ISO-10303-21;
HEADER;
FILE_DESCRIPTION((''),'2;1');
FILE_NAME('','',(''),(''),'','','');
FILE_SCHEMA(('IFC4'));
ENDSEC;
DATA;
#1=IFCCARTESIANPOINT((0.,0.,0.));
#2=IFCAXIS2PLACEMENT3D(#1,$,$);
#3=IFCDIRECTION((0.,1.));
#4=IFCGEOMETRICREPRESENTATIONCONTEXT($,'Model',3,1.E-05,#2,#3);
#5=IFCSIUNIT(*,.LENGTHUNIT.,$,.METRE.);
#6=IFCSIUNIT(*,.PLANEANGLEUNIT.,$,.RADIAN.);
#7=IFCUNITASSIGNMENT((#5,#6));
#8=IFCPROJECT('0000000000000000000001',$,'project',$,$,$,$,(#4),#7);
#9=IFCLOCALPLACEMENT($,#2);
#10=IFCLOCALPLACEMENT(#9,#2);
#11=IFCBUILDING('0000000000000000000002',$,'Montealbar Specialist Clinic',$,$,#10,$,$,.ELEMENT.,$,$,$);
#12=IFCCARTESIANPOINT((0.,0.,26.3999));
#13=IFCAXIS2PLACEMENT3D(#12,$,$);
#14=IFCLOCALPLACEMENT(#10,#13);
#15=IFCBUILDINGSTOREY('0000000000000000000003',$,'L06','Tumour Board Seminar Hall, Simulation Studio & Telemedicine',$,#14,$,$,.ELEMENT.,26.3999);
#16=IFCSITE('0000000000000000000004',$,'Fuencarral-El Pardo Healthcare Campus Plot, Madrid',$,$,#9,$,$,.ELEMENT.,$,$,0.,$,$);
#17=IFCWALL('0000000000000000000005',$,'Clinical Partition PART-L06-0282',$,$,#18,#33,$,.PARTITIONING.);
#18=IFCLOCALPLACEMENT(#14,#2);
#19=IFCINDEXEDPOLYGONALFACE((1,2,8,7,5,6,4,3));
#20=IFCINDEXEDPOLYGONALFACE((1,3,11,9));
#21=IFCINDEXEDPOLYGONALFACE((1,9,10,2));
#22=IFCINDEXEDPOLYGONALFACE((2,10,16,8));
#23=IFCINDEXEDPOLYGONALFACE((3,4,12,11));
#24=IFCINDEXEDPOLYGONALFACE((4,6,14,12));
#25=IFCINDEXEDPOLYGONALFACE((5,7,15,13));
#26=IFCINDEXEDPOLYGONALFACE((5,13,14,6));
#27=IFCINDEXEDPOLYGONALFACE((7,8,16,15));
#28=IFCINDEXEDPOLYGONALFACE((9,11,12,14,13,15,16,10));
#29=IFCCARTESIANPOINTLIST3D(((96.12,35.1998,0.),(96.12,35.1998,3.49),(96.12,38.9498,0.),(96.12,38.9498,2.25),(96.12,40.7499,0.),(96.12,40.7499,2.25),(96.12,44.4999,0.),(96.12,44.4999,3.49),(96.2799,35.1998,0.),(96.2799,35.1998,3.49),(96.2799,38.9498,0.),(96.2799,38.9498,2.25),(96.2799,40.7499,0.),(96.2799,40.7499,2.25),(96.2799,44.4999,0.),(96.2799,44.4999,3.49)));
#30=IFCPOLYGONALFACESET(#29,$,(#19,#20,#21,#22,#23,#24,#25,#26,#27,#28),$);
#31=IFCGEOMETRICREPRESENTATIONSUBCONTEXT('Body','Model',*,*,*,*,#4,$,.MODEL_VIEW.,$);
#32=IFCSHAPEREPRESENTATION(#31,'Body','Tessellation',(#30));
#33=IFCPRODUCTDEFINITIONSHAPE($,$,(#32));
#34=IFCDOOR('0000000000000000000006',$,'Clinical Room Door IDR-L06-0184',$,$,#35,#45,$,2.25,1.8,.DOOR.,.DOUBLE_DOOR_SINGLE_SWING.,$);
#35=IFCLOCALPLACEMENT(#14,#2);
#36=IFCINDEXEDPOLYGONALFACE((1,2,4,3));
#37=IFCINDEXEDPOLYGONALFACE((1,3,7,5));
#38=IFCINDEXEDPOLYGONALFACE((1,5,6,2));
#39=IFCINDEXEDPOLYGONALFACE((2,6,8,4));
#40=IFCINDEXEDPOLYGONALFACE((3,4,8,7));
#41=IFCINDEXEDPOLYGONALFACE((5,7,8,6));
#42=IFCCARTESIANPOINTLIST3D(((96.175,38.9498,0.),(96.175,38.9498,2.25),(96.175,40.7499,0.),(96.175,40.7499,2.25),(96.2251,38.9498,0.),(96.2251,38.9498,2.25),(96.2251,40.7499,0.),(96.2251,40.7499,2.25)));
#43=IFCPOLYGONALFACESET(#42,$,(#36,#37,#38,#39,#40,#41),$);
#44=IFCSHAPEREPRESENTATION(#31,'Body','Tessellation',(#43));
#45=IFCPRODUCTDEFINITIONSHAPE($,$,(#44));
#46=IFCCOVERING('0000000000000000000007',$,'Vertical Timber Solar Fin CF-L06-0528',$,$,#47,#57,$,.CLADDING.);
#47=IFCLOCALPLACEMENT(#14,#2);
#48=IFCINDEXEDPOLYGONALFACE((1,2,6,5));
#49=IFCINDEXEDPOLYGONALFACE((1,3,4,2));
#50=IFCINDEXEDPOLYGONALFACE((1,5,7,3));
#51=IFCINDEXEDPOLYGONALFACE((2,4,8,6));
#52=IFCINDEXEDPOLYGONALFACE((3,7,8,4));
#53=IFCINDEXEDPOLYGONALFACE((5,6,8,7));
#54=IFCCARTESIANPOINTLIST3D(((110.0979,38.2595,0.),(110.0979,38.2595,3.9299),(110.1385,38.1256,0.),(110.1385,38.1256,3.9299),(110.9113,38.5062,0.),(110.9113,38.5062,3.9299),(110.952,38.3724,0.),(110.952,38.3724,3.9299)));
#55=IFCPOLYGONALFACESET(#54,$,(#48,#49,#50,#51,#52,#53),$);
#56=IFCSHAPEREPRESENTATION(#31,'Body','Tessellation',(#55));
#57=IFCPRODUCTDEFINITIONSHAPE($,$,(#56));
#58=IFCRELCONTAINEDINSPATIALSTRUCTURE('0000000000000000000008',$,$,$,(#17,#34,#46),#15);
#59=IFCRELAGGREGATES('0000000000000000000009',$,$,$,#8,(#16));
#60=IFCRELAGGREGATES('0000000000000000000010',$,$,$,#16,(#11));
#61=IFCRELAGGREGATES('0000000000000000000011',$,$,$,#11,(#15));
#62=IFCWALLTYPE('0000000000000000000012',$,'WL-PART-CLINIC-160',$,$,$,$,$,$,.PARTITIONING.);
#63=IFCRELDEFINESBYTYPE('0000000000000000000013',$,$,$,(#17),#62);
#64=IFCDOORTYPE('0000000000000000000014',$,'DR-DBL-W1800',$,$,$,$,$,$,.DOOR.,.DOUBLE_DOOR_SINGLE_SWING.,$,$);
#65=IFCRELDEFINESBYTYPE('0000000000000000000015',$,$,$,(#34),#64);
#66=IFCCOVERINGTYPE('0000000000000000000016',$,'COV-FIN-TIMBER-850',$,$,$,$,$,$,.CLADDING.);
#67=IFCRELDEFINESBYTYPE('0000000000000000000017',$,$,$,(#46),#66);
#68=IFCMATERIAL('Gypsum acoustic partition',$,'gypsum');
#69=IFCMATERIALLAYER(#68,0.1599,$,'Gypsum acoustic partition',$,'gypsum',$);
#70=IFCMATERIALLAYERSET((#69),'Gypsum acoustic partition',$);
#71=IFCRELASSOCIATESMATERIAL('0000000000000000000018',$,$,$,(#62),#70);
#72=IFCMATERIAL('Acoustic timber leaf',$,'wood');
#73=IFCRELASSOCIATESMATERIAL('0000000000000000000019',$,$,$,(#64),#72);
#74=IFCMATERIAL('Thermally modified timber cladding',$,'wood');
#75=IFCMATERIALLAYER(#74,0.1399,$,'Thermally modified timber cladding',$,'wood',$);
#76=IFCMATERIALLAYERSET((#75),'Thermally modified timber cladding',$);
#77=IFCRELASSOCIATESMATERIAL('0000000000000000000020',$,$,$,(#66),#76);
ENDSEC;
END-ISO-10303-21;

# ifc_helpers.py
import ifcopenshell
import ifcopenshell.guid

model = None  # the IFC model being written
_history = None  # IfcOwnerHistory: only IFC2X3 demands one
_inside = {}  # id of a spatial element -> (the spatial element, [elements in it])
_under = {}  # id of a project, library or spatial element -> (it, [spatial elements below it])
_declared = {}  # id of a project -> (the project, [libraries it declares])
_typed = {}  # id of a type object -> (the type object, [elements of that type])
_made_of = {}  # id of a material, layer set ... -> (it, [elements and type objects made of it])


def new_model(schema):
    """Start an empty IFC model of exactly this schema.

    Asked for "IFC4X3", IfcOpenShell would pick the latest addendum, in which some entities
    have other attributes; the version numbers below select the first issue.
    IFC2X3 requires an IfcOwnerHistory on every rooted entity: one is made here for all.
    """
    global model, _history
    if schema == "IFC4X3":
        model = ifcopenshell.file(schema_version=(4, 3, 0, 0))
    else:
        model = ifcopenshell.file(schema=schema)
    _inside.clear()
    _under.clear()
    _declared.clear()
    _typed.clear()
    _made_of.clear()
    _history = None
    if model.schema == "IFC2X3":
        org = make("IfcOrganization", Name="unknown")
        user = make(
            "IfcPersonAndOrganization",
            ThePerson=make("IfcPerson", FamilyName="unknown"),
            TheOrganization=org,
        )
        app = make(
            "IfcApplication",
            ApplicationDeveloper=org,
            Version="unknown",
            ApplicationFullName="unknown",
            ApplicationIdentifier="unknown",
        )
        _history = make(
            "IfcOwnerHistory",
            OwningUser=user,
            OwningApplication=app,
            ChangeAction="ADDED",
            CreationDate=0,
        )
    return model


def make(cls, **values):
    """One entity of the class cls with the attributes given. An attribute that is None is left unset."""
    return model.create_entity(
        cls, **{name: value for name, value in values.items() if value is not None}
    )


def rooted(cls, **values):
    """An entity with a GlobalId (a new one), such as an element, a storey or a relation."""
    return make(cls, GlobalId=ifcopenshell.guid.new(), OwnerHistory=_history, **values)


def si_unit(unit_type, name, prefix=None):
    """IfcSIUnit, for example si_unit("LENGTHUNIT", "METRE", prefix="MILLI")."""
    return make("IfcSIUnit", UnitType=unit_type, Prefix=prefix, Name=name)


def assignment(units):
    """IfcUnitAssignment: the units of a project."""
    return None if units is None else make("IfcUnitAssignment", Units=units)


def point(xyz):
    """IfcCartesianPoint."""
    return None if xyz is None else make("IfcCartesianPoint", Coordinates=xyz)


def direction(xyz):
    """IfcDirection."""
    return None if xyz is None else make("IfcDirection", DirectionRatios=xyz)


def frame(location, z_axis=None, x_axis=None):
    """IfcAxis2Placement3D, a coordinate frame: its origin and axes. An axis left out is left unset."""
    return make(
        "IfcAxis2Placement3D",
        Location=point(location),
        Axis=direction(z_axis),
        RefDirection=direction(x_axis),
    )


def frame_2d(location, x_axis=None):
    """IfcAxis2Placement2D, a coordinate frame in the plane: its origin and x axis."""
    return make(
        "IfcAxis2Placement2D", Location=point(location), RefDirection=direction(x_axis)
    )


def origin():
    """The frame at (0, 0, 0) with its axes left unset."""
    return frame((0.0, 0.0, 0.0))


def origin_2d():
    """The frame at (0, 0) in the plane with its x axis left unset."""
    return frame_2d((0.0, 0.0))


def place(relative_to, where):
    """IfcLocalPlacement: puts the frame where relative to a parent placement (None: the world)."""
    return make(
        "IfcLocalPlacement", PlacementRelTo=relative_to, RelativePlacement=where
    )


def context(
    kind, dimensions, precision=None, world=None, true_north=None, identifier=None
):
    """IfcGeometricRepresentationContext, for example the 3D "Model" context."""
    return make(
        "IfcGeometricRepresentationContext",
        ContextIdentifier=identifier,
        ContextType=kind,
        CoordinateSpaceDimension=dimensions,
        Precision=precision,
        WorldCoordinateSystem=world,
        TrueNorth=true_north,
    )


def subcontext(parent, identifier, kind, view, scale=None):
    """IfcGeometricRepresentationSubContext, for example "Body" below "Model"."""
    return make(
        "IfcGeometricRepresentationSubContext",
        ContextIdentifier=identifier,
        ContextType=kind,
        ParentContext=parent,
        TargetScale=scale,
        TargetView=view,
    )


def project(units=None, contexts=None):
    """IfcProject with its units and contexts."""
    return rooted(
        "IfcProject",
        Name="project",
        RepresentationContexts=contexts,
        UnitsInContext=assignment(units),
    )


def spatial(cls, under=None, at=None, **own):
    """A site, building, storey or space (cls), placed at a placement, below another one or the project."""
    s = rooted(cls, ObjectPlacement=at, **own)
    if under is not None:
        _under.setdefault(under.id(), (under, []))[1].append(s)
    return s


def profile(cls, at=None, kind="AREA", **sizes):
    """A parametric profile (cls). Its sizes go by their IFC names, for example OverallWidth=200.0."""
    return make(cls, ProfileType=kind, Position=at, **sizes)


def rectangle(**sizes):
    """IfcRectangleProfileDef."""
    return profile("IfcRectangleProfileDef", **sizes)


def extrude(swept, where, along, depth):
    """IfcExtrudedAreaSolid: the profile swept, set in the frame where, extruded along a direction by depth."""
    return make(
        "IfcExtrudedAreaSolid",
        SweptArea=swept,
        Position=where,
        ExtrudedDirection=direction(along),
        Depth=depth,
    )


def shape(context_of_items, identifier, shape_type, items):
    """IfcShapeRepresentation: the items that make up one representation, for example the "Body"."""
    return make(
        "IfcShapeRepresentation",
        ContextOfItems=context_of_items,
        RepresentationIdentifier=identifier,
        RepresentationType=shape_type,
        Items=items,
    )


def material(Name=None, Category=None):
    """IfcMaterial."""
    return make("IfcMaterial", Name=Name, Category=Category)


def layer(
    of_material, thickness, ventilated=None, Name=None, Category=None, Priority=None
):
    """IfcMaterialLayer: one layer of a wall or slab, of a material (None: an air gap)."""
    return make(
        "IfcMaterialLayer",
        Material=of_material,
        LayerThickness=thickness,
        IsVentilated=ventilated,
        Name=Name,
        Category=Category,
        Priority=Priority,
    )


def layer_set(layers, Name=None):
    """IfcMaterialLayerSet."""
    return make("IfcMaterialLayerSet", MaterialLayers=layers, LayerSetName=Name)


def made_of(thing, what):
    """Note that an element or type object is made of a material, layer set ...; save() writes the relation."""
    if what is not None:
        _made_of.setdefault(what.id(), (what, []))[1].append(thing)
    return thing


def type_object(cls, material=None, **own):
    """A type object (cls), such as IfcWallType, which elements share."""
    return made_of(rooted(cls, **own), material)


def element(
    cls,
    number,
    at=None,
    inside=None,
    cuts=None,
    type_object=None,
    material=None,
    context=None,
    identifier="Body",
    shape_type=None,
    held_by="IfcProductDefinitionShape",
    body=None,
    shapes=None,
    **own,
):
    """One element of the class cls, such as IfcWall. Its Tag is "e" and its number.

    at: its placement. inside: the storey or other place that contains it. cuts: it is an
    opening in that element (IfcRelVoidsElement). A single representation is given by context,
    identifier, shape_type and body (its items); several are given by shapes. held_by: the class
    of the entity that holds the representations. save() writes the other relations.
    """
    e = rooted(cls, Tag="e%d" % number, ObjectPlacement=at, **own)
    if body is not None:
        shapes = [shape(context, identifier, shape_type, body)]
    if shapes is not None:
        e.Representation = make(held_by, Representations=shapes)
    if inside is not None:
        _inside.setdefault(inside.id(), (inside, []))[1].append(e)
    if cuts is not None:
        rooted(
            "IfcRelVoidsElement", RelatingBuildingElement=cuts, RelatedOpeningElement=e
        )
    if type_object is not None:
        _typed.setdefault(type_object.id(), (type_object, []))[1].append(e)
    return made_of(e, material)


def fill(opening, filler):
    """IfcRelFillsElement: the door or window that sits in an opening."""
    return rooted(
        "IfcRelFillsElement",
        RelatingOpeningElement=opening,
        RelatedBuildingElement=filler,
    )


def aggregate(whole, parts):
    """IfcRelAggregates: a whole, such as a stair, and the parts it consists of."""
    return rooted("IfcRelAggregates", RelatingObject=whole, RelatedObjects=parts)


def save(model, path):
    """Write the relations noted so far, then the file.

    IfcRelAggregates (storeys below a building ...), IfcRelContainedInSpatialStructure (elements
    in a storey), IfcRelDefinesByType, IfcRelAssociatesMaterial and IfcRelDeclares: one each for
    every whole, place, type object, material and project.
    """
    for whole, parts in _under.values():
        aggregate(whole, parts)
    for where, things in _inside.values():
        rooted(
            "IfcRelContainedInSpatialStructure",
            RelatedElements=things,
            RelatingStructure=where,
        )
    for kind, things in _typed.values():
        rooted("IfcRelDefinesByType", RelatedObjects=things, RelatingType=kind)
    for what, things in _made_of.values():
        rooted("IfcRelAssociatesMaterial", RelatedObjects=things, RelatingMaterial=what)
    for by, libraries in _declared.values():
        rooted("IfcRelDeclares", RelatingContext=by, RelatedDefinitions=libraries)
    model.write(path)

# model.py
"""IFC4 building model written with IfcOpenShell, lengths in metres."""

from ifc_helpers import new_model, si_unit, direction, frame, frame_2d, origin, origin_2d, place, context, subcontext, project, spatial, rectangle, extrude, material, layer, layer_set, type_object, element, fill, save


model = new_model("IFC4")

# Units and contexts
model_context = context("Model", 3, precision=1e-05, world=origin(), true_north=direction((0.0, 1.0)))
body_context = subcontext(model_context, "Body", "Model", "MODEL_VIEW")
ifc_project = project(units=[si_unit("LENGTHUNIT", "METRE"), si_unit("PLANEANGLEUNIT", "RADIAN")], contexts=[model_context])

# Site, building, storey
site_placement = place(None, origin())
site = spatial("IfcSite", under=ifc_project, at=site_placement, Name="Fuencarral-El Pardo Healthcare Campus Plot, Madrid", CompositionType="ELEMENT", RefElevation=0.0)
building_placement = place(site_placement, origin())
building = spatial("IfcBuilding", under=site, at=building_placement, Name="Montealbar Specialist Clinic", CompositionType="ELEMENT")
storey_placement = place(building_placement, frame((0.0, 0.0, 26.3999)))
storey = spatial("IfcBuildingStorey", under=building, at=storey_placement, Name="L06", Description="Tumour Board Seminar Hall, Simulation Studio & Telemedicine", CompositionType="ELEMENT", Elevation=26.3999)

# Wall, opening, door
ifc_material_1 = material(Name="Gypsum acoustic partition", Category="gypsum")
ifc_layer_1 = layer(ifc_material_1, 0.1599, Name="Gypsum acoustic partition", Category="gypsum")
ifc_layer_set_1 = layer_set([ifc_layer_1], Name="Gypsum acoustic partition")
wall_type_1 = type_object("IfcWallType", Name="WL-PART-CLINIC-160", PredefinedType="PARTITIONING", material=ifc_layer_set_1)
wall_1_placement = place(storey_placement, frame((96.2, 35.2, 0.0), z_axis=(0.0, 0.0, 1.0), x_axis=(0.0, 1.0, 0.0)))
wall_1 = element("IfcWall", 1, at=wall_1_placement, inside=storey, type_object=wall_type_1, Name="Clinical Partition PART-L06-0282", PredefinedType="PARTITIONING", context=body_context, shape_type="SweptSolid", body=[
    extrude(rectangle(XDim=9.3, YDim=0.1599, at=frame_2d((4.6499, 0.0))), origin(), (0.0, 0.0, 1.0), 3.49),
])
opening_placement = place(wall_1_placement, frame((3.75, 0.0, 0.0)))
opening = element("IfcOpeningElement", 2, at=opening_placement, cuts=wall_1, PredefinedType="OPENING", context=body_context, shape_type="SweptSolid", body=[
    extrude(rectangle(XDim=1.8, YDim=2.25, at=frame_2d((0.8999, 1.125))), frame((0.0, 0.0898, 0.0), z_axis=(0.0, -1.0, 0.0), x_axis=(1.0, 0.0, 0.0)), (0.0, 0.0, 1.0), 0.1799),
])
ifc_material_2 = material(Name="Acoustic timber leaf", Category="wood")
door_type = type_object("IfcDoorType", Name="DR-DBL-W1800", OperationType="DOUBLE_DOOR_SINGLE_SWING", PredefinedType="DOOR", material=ifc_material_2)
door_placement = place(opening_placement, origin())
door = element("IfcDoor", 3, at=door_placement, inside=storey, type_object=door_type, Name="Clinical Room Door IDR-L06-0184", OperationType="DOUBLE_DOOR_SINGLE_SWING", OverallHeight=2.25, OverallWidth=1.8, PredefinedType="DOOR", context=body_context, shape_type="SweptSolid", body=[
    extrude(rectangle(XDim=1.8, YDim=2.25, at=frame_2d((0.8999, 1.125))), frame((0.0, 0.0249, 0.0), z_axis=(0.0, -1.0, 0.0), x_axis=(1.0, 0.0, 0.0)), (0.0, 0.0, 1.0), 0.05),
])
fill(opening, door)

# Covering
ifc_material_3 = material(Name="Thermally modified timber cladding", Category="wood")
ifc_layer_2 = layer(ifc_material_3, 0.1399, Name="Thermally modified timber cladding", Category="wood")
ifc_layer_set_2 = layer_set([ifc_layer_2], Name="Thermally modified timber cladding")
covering_type = type_object("IfcCoveringType", Name="COV-FIN-TIMBER-850", PredefinedType="CLADDING", material=ifc_layer_set_2)
covering_placement = place(storey_placement, frame((110.5249, 38.3159, 0.0), z_axis=(0.0, 0.0, 1.0), x_axis=(0.956948, 0.290259, 0.0)))
element("IfcCovering", 4, at=covering_placement, inside=storey, type_object=covering_type, Name="Vertical Timber Solar Fin CF-L06-0528", PredefinedType="CLADDING", context=body_context, shape_type="SweptSolid", body=[
    extrude(rectangle(XDim=0.8501, YDim=0.1399, at=origin_2d()), origin(), (0.0, 0.0, 1.0), 3.9299),
])

save(model, "model.ifc")
